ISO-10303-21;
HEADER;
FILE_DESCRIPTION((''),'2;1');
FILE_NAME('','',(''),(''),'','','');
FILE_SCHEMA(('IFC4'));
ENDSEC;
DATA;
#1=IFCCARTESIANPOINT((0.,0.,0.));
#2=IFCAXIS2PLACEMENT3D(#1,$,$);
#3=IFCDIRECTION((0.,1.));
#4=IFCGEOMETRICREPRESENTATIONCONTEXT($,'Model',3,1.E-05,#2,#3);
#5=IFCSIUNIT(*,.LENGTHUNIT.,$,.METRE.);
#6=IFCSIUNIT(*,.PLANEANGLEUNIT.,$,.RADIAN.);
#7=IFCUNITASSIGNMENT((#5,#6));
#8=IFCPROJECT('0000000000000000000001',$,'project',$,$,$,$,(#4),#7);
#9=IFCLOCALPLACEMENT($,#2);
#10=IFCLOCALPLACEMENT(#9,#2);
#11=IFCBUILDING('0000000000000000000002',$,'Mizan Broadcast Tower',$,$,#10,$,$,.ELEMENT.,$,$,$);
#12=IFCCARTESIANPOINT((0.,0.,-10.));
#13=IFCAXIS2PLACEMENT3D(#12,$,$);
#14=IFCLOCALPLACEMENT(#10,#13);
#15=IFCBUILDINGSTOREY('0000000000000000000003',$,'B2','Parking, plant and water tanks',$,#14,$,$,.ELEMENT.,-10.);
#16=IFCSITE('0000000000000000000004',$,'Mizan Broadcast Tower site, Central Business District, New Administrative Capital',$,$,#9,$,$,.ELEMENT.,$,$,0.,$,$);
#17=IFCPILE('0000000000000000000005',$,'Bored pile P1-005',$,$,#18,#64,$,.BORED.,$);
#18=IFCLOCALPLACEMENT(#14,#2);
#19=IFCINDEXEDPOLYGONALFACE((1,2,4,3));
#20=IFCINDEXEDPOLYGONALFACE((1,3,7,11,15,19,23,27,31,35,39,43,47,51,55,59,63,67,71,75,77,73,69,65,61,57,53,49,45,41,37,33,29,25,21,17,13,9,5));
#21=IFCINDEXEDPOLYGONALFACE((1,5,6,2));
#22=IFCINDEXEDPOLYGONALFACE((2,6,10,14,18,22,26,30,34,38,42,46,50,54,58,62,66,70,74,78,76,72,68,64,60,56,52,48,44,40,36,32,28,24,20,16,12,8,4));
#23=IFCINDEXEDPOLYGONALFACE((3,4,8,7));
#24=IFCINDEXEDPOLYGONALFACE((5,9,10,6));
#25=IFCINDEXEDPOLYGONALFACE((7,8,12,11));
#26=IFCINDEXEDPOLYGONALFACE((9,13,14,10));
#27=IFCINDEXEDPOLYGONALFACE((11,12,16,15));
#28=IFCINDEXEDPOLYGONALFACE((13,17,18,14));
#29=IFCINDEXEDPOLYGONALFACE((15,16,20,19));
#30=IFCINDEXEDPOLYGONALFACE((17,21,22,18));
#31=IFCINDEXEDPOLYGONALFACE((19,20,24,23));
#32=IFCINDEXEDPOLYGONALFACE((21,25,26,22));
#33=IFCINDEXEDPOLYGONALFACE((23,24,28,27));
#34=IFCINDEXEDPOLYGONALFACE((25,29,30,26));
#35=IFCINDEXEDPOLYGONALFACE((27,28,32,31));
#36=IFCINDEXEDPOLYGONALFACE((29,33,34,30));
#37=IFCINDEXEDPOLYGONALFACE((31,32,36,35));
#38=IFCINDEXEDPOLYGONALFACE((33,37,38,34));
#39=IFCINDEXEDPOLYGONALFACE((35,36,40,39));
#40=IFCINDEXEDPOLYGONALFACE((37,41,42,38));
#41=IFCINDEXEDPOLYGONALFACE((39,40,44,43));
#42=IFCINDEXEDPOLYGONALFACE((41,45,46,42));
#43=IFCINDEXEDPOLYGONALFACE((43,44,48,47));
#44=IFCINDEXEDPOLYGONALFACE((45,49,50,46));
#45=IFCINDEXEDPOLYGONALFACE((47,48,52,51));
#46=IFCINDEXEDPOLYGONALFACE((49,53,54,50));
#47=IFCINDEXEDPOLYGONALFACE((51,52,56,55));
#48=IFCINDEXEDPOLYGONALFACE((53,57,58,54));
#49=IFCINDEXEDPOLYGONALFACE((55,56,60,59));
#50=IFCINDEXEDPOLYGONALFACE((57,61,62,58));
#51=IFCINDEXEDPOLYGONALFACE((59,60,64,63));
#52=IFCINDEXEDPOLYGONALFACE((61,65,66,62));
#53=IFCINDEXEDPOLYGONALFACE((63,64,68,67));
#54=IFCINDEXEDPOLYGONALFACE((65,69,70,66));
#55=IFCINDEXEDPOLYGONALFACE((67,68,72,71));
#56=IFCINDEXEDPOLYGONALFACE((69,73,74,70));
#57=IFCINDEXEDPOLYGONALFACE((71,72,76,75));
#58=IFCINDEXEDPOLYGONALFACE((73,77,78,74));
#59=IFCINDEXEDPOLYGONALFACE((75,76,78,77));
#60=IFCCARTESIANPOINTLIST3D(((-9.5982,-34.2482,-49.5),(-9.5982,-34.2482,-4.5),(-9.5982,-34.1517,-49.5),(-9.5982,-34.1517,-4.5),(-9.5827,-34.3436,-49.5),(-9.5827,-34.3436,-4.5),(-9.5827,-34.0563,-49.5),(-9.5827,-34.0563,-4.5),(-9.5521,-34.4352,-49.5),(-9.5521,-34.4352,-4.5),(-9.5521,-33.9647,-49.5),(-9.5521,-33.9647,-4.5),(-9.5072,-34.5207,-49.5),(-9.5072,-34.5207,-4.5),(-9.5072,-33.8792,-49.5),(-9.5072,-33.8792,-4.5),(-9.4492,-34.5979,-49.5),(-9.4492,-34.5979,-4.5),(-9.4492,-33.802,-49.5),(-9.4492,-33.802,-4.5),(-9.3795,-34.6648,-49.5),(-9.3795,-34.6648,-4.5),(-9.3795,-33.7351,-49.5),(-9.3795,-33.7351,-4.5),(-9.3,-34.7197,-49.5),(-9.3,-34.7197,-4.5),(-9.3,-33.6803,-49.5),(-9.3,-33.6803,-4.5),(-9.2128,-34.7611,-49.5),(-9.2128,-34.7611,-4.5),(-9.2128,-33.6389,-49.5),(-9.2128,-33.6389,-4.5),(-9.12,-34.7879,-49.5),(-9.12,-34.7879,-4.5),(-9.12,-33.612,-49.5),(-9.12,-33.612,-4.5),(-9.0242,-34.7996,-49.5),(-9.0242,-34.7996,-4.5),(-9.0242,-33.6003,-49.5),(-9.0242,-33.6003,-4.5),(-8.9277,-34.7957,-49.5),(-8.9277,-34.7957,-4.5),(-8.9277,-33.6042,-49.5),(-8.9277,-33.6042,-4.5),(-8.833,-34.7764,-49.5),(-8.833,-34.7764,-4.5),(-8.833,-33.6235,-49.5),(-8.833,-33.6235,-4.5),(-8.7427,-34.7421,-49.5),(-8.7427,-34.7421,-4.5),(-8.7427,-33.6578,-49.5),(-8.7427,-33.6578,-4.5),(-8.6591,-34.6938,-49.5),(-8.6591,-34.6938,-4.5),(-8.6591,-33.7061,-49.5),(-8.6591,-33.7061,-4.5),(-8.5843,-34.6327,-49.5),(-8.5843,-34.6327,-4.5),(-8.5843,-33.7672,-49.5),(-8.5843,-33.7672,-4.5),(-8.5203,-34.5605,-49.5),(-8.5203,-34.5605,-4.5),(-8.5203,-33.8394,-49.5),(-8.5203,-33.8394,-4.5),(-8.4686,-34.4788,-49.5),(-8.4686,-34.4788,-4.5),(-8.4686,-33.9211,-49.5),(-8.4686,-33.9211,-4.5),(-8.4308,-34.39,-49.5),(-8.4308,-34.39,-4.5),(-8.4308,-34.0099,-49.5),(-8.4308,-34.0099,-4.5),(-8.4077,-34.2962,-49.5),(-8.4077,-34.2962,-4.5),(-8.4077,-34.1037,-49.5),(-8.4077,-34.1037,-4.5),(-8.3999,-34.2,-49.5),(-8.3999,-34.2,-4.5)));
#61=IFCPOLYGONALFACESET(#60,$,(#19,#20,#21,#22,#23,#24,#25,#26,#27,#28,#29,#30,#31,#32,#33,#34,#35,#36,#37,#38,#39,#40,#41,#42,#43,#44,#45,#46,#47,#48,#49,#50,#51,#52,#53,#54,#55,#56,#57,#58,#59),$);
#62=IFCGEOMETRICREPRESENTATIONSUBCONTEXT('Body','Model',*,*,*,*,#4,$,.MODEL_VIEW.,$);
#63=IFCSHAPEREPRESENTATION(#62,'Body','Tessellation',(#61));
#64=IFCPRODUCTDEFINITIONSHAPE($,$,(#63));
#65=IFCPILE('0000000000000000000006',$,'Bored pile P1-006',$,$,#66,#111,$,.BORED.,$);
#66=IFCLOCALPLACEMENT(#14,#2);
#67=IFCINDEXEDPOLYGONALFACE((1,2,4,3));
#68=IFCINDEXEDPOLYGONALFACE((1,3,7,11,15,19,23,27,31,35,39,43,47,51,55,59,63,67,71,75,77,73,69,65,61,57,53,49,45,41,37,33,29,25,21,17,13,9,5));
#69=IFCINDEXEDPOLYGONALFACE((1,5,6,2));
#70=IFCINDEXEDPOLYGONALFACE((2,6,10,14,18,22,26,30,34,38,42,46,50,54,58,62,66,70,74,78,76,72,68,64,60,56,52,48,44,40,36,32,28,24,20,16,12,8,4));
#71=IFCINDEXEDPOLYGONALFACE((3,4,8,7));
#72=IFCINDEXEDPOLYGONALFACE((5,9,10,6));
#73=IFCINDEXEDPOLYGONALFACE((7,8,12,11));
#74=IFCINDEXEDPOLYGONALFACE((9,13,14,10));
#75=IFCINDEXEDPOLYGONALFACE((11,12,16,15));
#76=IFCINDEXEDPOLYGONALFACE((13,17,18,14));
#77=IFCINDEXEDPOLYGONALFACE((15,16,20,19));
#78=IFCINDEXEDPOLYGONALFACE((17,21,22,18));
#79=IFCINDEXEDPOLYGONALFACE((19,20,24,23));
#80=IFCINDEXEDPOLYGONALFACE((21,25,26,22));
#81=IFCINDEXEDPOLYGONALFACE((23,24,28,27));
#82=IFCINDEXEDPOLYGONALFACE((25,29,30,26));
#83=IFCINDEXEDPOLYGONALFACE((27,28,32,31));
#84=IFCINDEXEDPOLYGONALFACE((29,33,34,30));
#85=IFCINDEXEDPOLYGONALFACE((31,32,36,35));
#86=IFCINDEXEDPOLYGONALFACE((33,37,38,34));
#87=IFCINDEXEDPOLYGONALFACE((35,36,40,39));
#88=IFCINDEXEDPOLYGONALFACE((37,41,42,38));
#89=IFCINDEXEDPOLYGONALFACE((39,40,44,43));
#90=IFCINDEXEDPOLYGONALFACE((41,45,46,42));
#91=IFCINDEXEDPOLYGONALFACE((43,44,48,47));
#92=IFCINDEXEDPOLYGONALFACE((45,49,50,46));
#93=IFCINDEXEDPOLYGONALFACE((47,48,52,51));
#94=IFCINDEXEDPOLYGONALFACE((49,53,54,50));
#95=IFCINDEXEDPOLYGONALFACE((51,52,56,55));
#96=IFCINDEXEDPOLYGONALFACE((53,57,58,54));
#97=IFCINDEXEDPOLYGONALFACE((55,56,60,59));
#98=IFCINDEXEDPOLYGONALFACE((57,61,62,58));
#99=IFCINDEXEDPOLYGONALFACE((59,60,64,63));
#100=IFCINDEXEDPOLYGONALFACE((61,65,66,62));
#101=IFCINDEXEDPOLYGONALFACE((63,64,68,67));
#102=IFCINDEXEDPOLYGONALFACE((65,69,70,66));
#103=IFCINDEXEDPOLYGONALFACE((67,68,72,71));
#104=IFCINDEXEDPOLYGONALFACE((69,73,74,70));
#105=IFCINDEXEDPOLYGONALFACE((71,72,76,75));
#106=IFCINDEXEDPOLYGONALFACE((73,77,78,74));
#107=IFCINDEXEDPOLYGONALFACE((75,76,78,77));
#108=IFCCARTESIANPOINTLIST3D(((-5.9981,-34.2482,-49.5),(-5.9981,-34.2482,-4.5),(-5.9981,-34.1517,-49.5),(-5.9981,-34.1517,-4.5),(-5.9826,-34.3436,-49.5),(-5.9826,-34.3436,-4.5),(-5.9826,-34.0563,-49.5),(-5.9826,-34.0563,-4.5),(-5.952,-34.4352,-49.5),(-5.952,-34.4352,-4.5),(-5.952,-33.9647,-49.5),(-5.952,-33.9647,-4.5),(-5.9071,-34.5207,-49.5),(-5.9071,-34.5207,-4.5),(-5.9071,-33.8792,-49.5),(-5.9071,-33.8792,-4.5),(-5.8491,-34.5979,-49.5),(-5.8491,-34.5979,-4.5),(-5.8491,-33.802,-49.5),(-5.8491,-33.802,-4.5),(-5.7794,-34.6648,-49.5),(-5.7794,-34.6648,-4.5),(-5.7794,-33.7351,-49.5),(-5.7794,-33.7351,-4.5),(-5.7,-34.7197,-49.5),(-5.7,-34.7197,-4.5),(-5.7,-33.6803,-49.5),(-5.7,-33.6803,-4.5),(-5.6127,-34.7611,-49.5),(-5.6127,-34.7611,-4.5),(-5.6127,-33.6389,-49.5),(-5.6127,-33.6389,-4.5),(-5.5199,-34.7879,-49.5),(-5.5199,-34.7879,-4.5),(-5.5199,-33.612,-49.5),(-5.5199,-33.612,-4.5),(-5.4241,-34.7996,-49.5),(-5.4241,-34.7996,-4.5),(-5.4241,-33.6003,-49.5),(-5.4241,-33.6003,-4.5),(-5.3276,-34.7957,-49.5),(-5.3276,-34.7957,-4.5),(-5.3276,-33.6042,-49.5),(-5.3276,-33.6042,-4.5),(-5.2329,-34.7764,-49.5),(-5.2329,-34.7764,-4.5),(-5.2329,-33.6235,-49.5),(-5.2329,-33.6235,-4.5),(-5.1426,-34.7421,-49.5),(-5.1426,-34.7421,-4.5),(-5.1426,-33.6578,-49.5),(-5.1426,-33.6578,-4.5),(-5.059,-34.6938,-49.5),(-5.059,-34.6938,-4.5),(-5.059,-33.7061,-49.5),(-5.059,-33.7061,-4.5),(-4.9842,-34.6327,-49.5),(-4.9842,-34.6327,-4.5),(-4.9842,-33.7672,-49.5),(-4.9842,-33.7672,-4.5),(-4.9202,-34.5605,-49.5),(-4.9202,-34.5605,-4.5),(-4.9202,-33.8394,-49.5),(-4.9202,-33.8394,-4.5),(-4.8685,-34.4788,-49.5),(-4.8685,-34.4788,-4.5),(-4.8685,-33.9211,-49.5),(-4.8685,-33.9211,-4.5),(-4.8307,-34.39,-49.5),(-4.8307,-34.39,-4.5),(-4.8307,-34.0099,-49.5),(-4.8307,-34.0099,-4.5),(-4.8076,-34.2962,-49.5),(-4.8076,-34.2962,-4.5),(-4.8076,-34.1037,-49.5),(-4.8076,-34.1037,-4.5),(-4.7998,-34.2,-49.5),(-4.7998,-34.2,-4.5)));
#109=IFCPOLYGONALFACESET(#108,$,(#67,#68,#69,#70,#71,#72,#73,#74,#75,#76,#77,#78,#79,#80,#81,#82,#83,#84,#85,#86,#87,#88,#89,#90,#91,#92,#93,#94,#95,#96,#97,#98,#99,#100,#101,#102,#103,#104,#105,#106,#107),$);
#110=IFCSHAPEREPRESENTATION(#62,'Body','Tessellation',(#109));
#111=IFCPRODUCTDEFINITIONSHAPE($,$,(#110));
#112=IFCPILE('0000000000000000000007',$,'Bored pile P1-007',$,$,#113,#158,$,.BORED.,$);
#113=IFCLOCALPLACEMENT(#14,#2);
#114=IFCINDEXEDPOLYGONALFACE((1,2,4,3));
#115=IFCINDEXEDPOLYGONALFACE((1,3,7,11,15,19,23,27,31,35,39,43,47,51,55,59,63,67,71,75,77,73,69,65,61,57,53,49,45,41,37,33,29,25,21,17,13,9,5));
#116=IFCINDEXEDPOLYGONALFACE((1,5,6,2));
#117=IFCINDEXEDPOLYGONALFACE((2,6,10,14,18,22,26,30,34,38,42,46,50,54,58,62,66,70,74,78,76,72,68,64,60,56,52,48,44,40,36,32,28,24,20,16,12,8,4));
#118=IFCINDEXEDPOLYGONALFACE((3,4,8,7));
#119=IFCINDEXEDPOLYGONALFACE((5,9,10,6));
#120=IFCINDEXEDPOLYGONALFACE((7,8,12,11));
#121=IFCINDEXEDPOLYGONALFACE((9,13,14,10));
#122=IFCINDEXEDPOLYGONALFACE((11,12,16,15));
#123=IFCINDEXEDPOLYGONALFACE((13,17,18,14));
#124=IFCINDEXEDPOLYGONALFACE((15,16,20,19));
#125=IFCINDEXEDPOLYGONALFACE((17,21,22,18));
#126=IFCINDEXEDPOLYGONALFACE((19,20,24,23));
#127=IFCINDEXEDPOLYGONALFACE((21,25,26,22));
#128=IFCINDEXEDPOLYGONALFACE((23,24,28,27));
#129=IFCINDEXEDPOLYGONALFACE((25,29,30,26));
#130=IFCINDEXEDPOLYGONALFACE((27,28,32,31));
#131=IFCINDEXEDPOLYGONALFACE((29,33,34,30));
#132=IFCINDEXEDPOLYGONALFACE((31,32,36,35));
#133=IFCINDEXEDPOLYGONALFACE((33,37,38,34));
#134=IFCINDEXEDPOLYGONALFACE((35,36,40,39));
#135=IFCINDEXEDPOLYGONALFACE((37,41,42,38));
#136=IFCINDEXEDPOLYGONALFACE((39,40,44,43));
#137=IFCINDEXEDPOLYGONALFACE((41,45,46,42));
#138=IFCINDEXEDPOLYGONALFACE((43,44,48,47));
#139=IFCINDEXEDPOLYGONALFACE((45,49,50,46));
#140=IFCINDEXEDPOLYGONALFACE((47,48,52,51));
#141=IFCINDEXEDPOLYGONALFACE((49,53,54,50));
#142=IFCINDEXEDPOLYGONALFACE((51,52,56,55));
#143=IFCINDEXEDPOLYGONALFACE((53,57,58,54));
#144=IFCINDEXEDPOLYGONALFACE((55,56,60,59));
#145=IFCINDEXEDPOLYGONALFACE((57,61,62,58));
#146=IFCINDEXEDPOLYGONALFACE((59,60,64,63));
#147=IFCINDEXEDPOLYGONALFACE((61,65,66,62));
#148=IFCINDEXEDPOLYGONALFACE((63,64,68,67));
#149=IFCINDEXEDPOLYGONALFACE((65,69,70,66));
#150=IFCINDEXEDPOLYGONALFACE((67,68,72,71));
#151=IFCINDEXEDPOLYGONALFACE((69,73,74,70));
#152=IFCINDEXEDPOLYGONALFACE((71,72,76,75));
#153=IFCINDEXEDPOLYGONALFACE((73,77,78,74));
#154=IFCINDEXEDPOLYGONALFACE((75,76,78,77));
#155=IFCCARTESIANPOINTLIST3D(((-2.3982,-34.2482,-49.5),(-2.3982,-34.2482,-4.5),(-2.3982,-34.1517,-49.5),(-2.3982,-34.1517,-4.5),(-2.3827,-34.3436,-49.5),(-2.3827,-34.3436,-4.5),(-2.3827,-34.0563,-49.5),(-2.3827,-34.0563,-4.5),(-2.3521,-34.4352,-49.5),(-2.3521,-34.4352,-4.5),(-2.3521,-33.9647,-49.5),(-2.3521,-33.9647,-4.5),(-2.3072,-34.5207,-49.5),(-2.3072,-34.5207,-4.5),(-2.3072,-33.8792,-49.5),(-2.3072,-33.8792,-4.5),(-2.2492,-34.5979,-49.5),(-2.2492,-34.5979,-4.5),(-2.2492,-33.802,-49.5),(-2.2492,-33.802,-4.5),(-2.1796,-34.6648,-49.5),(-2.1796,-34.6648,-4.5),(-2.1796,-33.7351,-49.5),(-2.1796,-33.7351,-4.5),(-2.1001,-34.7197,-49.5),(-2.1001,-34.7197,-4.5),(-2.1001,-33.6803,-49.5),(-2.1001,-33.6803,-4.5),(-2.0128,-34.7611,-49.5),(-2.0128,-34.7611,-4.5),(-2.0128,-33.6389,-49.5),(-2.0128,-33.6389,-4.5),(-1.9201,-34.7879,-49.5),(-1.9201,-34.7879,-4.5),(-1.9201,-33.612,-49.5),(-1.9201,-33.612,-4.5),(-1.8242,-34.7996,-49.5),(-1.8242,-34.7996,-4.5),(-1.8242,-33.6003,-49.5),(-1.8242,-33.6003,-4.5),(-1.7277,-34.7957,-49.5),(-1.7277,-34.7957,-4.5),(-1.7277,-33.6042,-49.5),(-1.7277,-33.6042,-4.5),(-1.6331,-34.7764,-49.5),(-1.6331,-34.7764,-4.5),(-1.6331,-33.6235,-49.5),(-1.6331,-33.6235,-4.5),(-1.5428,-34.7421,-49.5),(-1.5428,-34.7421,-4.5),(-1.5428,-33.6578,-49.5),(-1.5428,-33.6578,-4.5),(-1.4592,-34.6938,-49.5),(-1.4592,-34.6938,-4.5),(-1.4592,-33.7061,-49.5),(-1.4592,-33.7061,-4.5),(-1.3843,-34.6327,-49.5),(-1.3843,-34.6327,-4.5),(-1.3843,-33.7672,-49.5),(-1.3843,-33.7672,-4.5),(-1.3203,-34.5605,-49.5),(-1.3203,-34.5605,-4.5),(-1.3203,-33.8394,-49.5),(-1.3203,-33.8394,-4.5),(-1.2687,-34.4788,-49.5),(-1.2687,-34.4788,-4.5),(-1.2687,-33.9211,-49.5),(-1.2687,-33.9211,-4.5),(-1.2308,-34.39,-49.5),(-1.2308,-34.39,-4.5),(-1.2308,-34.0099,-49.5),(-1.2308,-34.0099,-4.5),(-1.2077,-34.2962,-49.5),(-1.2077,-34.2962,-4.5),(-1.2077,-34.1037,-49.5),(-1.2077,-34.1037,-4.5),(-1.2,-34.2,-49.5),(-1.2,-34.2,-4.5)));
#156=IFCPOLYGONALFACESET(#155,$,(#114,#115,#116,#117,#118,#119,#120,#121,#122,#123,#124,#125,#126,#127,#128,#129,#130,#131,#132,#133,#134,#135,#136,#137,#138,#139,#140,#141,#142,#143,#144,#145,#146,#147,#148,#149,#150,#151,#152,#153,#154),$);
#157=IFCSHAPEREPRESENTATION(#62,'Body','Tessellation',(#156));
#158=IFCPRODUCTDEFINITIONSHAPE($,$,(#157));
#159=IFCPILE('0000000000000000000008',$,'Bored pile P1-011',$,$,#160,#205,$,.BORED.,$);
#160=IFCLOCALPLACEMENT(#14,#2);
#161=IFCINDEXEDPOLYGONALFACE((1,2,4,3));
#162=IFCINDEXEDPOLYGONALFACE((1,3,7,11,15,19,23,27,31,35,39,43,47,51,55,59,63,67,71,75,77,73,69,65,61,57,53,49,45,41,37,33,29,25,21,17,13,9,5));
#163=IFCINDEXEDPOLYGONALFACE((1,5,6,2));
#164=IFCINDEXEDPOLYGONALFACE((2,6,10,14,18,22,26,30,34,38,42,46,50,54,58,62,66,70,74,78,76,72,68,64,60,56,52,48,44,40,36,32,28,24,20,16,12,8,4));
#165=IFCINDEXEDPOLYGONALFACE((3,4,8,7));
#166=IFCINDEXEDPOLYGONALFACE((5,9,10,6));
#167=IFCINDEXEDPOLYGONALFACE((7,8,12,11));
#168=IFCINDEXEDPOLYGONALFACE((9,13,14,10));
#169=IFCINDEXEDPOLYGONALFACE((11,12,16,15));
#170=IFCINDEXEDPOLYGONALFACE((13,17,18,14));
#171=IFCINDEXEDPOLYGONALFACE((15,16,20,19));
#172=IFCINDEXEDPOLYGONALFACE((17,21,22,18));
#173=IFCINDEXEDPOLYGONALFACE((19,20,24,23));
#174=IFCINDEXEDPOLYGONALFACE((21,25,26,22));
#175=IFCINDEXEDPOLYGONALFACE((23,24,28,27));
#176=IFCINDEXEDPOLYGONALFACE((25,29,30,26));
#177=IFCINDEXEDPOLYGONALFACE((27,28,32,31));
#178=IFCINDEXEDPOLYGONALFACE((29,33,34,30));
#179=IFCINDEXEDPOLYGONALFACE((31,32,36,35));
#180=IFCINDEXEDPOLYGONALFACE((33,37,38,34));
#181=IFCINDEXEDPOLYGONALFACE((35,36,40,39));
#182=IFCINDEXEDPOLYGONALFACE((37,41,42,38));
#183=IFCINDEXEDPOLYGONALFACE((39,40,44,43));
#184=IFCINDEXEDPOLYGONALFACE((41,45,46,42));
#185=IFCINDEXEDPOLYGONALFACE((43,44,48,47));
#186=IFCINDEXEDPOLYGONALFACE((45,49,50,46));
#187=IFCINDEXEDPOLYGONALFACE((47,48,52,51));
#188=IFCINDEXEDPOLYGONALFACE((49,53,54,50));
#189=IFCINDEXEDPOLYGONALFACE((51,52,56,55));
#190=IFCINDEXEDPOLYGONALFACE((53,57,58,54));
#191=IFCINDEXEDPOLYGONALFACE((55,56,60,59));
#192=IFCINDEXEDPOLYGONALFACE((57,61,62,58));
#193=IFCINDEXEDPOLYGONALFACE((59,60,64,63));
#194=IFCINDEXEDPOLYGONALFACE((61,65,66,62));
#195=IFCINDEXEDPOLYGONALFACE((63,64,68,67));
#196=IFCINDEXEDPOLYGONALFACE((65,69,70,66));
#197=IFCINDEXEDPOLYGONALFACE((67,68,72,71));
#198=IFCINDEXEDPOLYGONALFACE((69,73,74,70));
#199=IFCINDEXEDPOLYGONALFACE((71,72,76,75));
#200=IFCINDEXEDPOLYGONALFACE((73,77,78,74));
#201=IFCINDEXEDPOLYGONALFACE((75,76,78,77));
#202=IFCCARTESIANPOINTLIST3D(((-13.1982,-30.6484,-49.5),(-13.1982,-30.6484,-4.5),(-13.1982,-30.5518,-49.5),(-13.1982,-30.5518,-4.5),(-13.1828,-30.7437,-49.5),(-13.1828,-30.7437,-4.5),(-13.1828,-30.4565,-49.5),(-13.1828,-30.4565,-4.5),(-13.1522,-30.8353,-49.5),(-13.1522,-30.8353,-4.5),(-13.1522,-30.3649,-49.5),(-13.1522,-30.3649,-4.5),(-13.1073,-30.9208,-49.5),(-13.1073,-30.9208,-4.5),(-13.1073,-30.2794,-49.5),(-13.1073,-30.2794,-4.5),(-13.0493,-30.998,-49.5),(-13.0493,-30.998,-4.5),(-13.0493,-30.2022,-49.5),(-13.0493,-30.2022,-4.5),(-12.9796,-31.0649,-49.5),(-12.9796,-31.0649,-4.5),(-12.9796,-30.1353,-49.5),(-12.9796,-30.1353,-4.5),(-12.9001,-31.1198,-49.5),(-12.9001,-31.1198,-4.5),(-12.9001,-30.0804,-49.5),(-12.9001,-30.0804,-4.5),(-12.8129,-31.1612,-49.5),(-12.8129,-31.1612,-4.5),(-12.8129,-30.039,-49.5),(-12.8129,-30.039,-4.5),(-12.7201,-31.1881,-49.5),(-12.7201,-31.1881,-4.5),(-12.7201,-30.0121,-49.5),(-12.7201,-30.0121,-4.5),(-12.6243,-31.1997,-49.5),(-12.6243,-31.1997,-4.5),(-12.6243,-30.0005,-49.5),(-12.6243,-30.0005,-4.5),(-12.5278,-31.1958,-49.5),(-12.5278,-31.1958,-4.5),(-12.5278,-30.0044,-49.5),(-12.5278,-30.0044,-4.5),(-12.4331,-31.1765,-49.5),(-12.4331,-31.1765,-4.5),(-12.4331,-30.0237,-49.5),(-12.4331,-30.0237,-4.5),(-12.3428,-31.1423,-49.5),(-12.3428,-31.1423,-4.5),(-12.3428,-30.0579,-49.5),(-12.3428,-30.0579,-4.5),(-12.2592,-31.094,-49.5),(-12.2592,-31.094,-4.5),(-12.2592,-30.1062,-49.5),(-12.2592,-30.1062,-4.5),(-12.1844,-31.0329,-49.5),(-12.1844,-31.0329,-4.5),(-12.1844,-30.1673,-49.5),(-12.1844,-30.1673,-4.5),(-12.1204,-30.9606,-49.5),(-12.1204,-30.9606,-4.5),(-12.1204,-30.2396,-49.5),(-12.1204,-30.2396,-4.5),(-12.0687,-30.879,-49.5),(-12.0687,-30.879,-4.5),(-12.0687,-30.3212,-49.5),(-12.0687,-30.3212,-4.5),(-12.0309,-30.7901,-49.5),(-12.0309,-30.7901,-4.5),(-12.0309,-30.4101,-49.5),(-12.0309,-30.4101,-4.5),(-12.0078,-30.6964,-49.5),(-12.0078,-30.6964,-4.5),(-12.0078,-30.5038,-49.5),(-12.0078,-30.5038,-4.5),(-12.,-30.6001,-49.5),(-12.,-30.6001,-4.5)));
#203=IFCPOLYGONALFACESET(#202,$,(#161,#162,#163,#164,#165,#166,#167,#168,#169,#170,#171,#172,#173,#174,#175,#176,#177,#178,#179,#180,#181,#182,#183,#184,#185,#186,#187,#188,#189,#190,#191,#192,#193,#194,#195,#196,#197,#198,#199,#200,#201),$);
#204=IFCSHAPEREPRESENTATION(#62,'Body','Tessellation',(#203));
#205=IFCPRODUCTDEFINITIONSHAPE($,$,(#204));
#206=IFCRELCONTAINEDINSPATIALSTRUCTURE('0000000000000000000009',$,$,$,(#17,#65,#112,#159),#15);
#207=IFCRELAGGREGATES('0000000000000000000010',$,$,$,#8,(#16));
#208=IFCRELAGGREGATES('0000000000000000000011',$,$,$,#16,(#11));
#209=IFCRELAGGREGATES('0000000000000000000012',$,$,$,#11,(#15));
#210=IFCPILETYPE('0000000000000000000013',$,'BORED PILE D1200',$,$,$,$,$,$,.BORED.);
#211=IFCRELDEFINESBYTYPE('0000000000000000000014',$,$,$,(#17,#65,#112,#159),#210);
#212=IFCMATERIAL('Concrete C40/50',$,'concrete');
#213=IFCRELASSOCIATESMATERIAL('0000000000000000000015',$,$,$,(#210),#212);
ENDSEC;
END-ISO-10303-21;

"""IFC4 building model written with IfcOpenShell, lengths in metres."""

from ifc_helpers import new_model, si_unit, direction, frame, origin, origin_2d, place, context, subcontext, project, spatial, circle, extrude, material, material_profile, profile_set, type_object, element, save


model = new_model("IFC4")

# Units and contexts
model_context = context("Model", 3, precision=1e-05, world=origin(), true_north=direction((0.0, 1.0)))
body_context = subcontext(model_context, "Body", "Model", "MODEL_VIEW")
ifc_project = project(units=[si_unit("LENGTHUNIT", "METRE"), si_unit("PLANEANGLEUNIT", "RADIAN")], contexts=[model_context])

# Site, building, storey
site_placement = place(None, origin())
site = spatial("IfcSite", under=ifc_project, at=site_placement, Name="Mizan Broadcast Tower site, Central Business District, New Administrative Capital", CompositionType="ELEMENT", RefElevation=0.0)
building_placement = place(site_placement, origin())
building = spatial("IfcBuilding", under=site, at=building_placement, Name="Mizan Broadcast Tower", CompositionType="ELEMENT")
storey_placement = place(building_placement, frame((0.0, 0.0, -10.0)))
storey = spatial("IfcBuildingStorey", under=building, at=storey_placement, Name="B2", Description="Parking, plant and water tanks", CompositionType="ELEMENT", Elevation=-10.0)

# Piles
ifc_material_1 = material(Name="Concrete C40/50", Category="concrete")
ifc_material_profile_1 = material_profile(ifc_material_1, circle(Radius=0.6001, at=origin_2d()), Name="D1200")
ifc_profile_set_1 = profile_set([ifc_material_profile_1], Name="Concrete C40/50")
pile_type_1 = type_object("IfcPileType", Name="BORED PILE D1200", PredefinedType="BORED", material=ifc_profile_set_1)
for number, where, z_axis, x_axis, name in (
    (1, (-9.0, -34.2, -4.5), (0.0, 0.0, -1.0), (1.0, 0.0, 0.0), "Bored pile P1-005"),
    (2, (-5.3999, -34.2, -4.5), (0.0, 0.0, -1.0), (1.0, 0.0, 0.0), "Bored pile P1-006"),
    (3, (-1.8, -34.2, -4.5), (0.0, 0.0, -1.0), (1.0, 0.0, 0.0), "Bored pile P1-007"),
    (4, (-12.6001, -30.6001, -4.5), (0.0, 0.0, -1.0), (1.0, 0.0, 0.0), "Bored pile P1-011"),
):
    element("IfcPile", number, at=place(storey_placement, frame(where, z_axis=z_axis, x_axis=x_axis)), inside=storey, type_object=pile_type_1, Name=name, PredefinedType="BORED", context=body_context, shape_type="SweptSolid", body=[
        extrude(circle(Radius=0.6001, at=origin_2d()), origin(), (0.0, 0.0, 1.0), 45.0),
    ])

save(model, "model.ifc")
